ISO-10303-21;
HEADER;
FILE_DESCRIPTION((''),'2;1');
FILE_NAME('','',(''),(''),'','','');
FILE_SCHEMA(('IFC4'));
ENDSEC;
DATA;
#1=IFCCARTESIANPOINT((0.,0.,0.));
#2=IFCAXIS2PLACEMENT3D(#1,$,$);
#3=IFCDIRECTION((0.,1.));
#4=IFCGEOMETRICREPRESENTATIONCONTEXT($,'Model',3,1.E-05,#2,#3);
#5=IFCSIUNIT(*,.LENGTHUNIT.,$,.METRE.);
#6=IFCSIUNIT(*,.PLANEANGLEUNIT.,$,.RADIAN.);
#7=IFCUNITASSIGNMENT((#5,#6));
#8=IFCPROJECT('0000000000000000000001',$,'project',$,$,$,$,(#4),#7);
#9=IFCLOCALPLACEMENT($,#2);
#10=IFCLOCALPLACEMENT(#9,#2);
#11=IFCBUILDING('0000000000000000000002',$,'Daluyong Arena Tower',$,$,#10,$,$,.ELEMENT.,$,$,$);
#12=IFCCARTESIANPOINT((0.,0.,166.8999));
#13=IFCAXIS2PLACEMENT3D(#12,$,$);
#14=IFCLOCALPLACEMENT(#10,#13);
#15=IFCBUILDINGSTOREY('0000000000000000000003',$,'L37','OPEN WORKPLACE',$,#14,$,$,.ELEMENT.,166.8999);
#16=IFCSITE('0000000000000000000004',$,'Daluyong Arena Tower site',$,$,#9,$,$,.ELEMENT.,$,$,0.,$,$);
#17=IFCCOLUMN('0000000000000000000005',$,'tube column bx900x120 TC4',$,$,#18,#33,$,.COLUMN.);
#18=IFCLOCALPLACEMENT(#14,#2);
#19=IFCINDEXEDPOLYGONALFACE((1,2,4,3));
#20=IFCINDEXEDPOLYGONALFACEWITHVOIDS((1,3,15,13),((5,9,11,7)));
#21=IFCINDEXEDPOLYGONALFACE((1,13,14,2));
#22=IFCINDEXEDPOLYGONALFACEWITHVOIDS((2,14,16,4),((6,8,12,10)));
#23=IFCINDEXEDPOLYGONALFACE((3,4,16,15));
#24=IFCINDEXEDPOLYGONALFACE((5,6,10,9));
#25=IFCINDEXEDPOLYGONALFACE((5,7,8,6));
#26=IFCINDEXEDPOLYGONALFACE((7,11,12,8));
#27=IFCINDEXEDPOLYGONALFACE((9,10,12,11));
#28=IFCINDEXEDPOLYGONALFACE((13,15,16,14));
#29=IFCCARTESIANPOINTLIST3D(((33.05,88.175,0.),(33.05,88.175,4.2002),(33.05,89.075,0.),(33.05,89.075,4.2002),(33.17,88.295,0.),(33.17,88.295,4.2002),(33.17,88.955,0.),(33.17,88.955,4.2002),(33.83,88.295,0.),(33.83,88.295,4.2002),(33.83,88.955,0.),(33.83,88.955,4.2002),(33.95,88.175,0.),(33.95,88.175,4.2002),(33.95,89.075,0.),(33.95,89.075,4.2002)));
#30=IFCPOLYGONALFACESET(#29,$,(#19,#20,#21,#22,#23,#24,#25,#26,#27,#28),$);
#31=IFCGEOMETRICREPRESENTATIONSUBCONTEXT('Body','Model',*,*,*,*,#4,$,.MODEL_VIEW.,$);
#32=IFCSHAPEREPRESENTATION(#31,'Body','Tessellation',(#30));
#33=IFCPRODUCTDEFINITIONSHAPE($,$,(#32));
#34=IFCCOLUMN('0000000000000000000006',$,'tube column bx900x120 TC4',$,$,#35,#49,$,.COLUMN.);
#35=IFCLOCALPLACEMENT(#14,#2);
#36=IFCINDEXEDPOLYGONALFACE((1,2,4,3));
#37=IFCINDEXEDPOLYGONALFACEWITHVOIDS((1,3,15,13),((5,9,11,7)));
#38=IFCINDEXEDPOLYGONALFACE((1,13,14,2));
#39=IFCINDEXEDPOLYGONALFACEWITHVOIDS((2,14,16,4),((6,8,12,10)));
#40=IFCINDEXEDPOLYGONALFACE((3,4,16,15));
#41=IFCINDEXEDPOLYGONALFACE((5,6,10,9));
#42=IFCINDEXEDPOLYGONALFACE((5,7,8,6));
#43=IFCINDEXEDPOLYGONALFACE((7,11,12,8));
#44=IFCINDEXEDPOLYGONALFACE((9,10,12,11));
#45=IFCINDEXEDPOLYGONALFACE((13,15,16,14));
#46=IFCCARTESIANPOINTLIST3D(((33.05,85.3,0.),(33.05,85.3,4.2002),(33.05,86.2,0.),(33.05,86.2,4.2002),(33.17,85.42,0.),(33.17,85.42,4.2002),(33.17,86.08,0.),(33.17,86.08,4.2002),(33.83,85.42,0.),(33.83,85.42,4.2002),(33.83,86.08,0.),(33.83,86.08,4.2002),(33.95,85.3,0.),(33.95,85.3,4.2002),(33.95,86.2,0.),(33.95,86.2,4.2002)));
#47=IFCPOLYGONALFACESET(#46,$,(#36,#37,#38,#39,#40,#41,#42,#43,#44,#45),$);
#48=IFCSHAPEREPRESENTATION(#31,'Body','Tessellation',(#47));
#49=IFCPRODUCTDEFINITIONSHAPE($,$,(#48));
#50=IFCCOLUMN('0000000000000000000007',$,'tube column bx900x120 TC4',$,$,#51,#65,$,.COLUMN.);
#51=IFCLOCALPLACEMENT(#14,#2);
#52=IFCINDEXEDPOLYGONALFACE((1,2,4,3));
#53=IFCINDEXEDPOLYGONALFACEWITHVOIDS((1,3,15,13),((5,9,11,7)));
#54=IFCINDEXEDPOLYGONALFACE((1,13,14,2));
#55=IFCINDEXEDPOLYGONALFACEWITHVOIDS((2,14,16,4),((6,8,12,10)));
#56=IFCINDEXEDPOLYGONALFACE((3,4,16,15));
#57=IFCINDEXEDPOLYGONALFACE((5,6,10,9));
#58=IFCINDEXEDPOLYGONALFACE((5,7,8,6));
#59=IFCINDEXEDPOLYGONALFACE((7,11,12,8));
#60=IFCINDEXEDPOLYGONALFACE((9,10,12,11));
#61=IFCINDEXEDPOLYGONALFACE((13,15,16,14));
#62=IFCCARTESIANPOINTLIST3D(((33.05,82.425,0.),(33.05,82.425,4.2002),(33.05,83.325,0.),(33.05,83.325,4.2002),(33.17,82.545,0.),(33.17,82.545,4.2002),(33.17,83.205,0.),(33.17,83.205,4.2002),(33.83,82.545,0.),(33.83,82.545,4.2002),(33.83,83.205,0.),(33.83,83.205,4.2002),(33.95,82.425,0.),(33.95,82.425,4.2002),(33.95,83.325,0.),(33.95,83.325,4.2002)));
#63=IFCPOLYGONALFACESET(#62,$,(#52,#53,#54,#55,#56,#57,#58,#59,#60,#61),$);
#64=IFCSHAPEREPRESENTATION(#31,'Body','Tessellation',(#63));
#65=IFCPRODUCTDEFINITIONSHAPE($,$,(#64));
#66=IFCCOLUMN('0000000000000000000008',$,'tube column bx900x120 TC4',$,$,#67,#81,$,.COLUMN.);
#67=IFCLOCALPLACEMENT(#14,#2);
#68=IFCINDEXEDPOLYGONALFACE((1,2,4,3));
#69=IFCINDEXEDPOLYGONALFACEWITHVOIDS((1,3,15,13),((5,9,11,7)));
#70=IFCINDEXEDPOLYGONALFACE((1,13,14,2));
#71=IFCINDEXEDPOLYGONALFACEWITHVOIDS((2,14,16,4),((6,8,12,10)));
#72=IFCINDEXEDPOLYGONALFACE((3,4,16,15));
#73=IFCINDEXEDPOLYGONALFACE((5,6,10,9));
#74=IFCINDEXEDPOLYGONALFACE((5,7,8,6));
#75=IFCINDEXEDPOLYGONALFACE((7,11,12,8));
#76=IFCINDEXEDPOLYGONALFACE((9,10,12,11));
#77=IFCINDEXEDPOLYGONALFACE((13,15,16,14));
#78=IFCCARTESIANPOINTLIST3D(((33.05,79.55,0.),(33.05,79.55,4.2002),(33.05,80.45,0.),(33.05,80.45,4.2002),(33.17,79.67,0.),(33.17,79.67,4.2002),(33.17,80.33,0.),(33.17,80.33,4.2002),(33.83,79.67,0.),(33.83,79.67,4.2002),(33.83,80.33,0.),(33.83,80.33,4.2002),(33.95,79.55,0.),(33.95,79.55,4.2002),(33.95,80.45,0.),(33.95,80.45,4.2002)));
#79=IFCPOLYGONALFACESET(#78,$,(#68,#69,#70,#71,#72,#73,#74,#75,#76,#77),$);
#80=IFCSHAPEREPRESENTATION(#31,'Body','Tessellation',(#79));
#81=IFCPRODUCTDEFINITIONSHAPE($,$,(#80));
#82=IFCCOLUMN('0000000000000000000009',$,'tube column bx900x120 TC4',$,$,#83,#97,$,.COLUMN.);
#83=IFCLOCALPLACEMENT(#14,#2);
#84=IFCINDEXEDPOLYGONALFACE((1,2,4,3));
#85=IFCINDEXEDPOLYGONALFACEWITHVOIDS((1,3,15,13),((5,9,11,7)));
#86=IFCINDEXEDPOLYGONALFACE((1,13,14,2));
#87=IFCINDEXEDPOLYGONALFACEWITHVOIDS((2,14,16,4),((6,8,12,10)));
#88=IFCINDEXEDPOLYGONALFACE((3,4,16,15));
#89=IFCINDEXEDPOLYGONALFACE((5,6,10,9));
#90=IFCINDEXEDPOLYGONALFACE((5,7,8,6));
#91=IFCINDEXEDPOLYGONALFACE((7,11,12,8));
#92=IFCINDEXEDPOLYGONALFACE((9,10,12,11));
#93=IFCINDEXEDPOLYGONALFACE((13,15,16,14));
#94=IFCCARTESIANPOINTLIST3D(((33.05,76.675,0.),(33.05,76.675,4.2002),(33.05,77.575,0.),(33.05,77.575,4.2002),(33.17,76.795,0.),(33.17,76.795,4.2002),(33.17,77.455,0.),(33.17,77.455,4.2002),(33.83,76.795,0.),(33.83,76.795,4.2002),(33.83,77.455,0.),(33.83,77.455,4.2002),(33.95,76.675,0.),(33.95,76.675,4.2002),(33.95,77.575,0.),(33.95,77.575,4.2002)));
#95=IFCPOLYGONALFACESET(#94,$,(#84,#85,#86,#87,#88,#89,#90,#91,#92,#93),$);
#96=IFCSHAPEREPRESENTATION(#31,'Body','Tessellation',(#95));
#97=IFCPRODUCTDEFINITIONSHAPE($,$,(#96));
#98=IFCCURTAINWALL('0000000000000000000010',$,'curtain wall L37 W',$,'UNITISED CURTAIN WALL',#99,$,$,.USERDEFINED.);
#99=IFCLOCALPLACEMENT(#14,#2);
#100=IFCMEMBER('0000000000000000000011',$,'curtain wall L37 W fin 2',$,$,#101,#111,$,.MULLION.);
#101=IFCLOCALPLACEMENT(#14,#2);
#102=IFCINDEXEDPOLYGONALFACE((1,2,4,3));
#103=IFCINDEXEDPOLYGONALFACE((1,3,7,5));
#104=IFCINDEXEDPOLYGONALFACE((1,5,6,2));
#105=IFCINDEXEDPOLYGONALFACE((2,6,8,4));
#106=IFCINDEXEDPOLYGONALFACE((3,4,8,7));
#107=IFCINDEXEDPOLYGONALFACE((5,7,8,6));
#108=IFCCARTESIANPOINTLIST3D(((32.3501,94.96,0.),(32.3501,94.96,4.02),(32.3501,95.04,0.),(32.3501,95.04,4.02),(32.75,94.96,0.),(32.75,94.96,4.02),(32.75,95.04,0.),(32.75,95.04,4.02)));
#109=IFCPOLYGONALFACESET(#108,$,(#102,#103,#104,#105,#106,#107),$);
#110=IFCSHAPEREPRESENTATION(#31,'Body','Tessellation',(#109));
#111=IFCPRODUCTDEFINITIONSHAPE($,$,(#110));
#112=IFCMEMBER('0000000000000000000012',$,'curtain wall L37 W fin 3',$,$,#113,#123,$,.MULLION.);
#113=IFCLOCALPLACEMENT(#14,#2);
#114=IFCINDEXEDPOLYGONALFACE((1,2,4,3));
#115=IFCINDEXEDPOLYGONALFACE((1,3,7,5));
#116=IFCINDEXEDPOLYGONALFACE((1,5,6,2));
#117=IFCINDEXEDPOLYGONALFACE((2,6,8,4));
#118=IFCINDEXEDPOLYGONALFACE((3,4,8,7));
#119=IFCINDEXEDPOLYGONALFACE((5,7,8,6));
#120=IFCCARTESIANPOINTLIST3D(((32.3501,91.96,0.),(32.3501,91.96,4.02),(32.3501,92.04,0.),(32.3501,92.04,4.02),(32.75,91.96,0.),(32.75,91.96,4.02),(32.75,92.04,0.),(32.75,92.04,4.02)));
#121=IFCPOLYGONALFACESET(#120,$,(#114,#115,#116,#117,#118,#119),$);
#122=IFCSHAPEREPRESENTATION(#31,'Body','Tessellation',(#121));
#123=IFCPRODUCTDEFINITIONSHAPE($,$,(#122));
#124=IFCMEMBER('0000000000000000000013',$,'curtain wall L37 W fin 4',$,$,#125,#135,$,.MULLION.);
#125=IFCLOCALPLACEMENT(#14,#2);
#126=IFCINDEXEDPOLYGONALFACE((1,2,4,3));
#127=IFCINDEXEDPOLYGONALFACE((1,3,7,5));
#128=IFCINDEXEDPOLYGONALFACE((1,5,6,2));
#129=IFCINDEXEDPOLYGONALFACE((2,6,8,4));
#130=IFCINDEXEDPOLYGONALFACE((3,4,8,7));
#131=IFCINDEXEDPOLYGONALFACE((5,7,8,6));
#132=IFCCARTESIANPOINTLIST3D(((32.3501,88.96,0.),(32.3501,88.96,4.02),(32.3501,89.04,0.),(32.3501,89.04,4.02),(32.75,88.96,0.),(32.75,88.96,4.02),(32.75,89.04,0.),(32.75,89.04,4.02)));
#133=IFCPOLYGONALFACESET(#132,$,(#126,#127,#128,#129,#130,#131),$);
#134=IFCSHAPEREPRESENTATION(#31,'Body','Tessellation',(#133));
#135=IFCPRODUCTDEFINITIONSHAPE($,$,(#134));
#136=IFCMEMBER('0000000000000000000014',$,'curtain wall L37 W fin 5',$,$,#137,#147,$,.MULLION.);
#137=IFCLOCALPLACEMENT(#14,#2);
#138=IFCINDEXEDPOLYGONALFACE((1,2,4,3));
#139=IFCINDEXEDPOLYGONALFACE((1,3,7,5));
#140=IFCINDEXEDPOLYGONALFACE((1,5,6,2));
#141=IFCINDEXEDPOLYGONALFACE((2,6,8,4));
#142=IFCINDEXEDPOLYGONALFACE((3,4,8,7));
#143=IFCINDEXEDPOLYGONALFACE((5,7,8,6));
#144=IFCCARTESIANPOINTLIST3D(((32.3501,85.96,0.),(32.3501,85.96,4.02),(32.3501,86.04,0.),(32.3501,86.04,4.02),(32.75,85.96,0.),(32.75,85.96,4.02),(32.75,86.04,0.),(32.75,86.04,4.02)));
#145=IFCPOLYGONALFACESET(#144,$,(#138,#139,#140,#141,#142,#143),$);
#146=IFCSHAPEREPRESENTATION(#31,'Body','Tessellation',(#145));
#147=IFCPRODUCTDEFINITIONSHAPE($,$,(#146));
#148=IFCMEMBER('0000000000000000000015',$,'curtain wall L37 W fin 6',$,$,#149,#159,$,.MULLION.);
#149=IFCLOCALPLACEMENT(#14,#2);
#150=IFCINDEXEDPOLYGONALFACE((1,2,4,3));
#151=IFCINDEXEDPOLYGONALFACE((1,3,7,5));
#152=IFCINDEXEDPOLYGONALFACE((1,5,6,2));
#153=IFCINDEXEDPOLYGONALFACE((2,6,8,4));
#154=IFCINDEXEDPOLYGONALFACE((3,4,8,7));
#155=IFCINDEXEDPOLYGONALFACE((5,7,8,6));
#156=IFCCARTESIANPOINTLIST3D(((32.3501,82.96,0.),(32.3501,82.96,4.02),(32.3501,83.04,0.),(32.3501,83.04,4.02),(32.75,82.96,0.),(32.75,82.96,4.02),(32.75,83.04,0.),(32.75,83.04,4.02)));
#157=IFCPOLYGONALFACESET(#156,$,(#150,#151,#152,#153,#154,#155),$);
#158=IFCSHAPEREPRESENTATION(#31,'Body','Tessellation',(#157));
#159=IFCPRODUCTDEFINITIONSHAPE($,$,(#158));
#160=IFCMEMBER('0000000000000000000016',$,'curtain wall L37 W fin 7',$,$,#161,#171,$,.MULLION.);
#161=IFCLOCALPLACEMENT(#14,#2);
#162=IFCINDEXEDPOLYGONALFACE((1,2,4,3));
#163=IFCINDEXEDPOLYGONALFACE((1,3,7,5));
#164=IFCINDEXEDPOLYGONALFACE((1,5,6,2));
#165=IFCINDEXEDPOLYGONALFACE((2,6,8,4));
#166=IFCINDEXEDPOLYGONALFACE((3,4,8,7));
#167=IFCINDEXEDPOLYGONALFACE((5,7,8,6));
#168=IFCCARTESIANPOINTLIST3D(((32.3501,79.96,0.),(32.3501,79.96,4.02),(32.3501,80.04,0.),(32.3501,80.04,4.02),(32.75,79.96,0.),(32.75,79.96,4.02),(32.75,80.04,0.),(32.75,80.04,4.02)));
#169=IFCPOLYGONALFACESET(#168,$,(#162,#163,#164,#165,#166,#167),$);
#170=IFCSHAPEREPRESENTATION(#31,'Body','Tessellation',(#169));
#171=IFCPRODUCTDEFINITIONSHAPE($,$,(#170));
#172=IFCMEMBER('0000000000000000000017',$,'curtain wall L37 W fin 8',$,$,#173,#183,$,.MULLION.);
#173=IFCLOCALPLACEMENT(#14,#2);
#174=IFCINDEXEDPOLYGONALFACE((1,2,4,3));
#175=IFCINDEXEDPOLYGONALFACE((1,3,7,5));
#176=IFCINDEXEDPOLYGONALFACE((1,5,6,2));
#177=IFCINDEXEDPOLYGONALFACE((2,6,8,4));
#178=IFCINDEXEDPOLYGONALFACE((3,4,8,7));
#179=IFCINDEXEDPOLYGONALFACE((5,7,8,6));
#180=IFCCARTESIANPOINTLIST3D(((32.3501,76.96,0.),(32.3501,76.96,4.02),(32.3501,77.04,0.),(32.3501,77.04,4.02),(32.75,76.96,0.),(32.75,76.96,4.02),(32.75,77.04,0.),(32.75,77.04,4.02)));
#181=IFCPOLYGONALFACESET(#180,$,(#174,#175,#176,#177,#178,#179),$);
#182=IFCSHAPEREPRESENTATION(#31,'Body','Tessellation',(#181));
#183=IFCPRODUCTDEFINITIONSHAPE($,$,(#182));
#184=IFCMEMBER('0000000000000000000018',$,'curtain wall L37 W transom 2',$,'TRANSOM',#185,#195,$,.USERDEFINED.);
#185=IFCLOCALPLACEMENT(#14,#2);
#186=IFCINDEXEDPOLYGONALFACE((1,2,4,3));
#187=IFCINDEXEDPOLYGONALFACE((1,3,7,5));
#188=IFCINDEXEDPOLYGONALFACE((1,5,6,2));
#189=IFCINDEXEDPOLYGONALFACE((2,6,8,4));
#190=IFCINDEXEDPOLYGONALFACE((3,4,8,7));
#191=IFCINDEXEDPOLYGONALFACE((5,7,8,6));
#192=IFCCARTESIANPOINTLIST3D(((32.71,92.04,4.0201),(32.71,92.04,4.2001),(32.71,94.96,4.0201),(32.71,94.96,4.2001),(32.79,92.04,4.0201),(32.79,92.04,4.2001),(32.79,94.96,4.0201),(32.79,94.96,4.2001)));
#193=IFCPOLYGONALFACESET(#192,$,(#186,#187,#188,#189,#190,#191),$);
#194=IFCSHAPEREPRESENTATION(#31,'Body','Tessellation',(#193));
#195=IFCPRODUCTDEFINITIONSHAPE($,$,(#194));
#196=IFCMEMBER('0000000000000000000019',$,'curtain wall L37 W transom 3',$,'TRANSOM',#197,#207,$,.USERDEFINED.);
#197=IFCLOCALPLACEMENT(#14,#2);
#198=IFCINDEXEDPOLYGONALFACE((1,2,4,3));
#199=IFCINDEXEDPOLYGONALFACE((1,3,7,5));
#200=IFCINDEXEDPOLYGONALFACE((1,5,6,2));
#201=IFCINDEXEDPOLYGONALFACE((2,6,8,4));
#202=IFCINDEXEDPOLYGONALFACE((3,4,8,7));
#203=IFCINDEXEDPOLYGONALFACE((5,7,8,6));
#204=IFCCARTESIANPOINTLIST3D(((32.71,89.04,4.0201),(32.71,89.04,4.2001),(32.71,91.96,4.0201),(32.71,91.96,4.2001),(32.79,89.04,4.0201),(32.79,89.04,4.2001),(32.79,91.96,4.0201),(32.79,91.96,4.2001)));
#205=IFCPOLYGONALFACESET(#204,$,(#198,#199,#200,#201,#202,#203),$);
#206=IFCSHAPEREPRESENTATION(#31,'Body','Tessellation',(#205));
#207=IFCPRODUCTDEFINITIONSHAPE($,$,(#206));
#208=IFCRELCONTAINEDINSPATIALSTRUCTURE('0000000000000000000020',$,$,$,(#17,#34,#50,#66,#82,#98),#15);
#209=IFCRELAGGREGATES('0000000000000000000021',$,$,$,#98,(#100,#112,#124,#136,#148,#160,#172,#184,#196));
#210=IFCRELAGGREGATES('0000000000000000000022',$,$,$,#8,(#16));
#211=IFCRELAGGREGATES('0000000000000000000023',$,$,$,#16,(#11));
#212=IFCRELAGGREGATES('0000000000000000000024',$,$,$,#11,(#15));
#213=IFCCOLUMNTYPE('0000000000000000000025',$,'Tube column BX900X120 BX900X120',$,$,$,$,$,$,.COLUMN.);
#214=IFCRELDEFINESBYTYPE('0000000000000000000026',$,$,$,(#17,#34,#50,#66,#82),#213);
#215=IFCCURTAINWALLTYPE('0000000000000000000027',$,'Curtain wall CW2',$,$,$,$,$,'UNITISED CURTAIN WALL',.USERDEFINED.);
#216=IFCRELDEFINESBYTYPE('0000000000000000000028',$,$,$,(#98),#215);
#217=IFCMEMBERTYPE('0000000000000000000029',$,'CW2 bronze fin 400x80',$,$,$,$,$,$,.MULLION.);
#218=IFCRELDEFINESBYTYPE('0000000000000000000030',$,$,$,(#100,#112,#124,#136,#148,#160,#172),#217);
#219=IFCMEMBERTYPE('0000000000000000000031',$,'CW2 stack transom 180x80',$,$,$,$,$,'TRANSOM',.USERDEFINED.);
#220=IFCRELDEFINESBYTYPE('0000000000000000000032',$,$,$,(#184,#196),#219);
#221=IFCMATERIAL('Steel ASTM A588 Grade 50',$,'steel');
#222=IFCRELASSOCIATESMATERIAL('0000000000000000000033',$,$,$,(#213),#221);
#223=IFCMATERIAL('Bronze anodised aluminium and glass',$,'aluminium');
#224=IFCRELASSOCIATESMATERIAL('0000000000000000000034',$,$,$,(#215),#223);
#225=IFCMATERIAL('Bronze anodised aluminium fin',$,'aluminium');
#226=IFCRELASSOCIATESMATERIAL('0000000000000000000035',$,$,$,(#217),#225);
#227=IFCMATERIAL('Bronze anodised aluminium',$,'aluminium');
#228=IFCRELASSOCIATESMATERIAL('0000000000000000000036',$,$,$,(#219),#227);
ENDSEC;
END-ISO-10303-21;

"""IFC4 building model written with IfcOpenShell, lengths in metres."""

from ifc_helpers import new_model, si_unit, direction, frame, origin, origin_2d, place, context, subcontext, project, spatial, rectangle, hollow_rectangle, extrude, material, material_profile, profile_set, type_object, element, aggregate, save


model = new_model("IFC4")

# Units and contexts
model_context = context("Model", 3, precision=1e-05, world=origin(), true_north=direction((0.0, 1.0)))
body_context = subcontext(model_context, "Body", "Model", "MODEL_VIEW")
ifc_project = project(units=[si_unit("LENGTHUNIT", "METRE"), si_unit("PLANEANGLEUNIT", "RADIAN")], contexts=[model_context])

# Site, building, storey
site_placement = place(None, origin())
site = spatial("IfcSite", under=ifc_project, at=site_placement, Name="Daluyong Arena Tower site", CompositionType="ELEMENT", RefElevation=0.0)
building_placement = place(site_placement, origin())
building = spatial("IfcBuilding", under=site, at=building_placement, Name="Daluyong Arena Tower", CompositionType="ELEMENT")
storey_placement = place(building_placement, frame((0.0, 0.0, 166.8999)))
storey = spatial("IfcBuildingStorey", under=building, at=storey_placement, Name="L37", Description="OPEN WORKPLACE", CompositionType="ELEMENT", Elevation=166.8999)

# Columns
ifc_material_1 = material(Name="Steel ASTM A588 Grade 50", Category="steel")
ifc_material_profile_1 = material_profile(ifc_material_1, hollow_rectangle(XDim=0.8999, YDim=0.8999, WallThickness=0.12, at=origin_2d()))
ifc_profile_set_1 = profile_set([ifc_material_profile_1], Name="Steel ASTM A588 Grade 50")
column_type = type_object("IfcColumnType", Name="Tube column BX900X120 BX900X120", PredefinedType="COLUMN", material=ifc_profile_set_1)
for number, where, z_axis, x_axis, name in (
    (1, (33.5, 88.625, 0.0), (0.0, 0.0, 1.0), (0.0, 1.0, 0.0), "tube column bx900x120 TC4"),
    (2, (33.5, 85.75, 0.0), (0.0, 0.0, 1.0), (0.0, 1.0, 0.0), "tube column bx900x120 TC4"),
    (3, (33.5, 82.875, 0.0), (0.0, 0.0, 1.0), (0.0, 1.0, 0.0), "tube column bx900x120 TC4"),
    (4, (33.5, 80.0, 0.0), (0.0, 0.0, 1.0), (0.0, 1.0, 0.0), "tube column bx900x120 TC4"),
    (5, (33.5, 77.125, 0.0), (0.0, 0.0, 1.0), (0.0, 1.0, 0.0), "tube column bx900x120 TC4"),
):
    element("IfcColumn", number, at=place(storey_placement, frame(where, z_axis=z_axis, x_axis=x_axis)), inside=storey, type_object=column_type, Name=name, PredefinedType="COLUMN", context=body_context, shape_type="SweptSolid", body=[
        extrude(hollow_rectangle(XDim=0.8999, YDim=0.8999, WallThickness=0.12, at=origin_2d()), origin(), (0.0, 0.0, 1.0), 4.2002),
    ])

# Curtain wall, members
ifc_material_2 = material(Name="Bronze anodised aluminium and glass", Category="aluminium")
curtain_wall_type = type_object("IfcCurtainWallType", Name="Curtain wall CW2", ElementType="UNITISED CURTAIN WALL", PredefinedType="USERDEFINED", material=ifc_material_2)
curtain_wall_placement = place(storey_placement, origin())
curtain_wall = element("IfcCurtainWall", 6, at=curtain_wall_placement, inside=storey, type_object=curtain_wall_type, Name="curtain wall L37 W", ObjectType="UNITISED CURTAIN WALL", PredefinedType="USERDEFINED")
ifc_material_3 = material(Name="Bronze anodised aluminium fin", Category="aluminium")
ifc_material_profile_2 = material_profile(ifc_material_3, rectangle(XDim=0.3999, YDim=0.0801, at=origin_2d()))
ifc_profile_set_2 = profile_set([ifc_material_profile_2], Name="Bronze anodised aluminium fin")
member_type_1 = type_object("IfcMemberType", Name="CW2 bronze fin 400x80", PredefinedType="MULLION", material=ifc_profile_set_2)
member_1_placement = place(storey_placement, frame((32.55, 95.0, 0.0), z_axis=(0.0, 0.0, 1.0), x_axis=(1.0, 0.0, 0.0)))
member_1 = element("IfcMember", 7, at=member_1_placement, type_object=member_type_1, Name="curtain wall L37 W fin 2", PredefinedType="MULLION", context=body_context, shape_type="SweptSolid", body=[
    extrude(rectangle(XDim=0.3999, YDim=0.0801, at=origin_2d()), origin(), (0.0, 0.0, 1.0), 4.02),
])
member_2_placement = place(storey_placement, frame((32.55, 92.0, 0.0), z_axis=(0.0, 0.0, 1.0), x_axis=(1.0, 0.0, 0.0)))
member_2 = element("IfcMember", 8, at=member_2_placement, type_object=member_type_1, Name="curtain wall L37 W fin 3", PredefinedType="MULLION", context=body_context, shape_type="SweptSolid", body=[
    extrude(rectangle(XDim=0.3999, YDim=0.0801, at=origin_2d()), origin(), (0.0, 0.0, 1.0), 4.02),
])
member_3_placement = place(storey_placement, frame((32.55, 89.0, 0.0), z_axis=(0.0, 0.0, 1.0), x_axis=(1.0, 0.0, 0.0)))
member_3 = element("IfcMember", 9, at=member_3_placement, type_object=member_type_1, Name="curtain wall L37 W fin 4", PredefinedType="MULLION", context=body_context, shape_type="SweptSolid", body=[
    extrude(rectangle(XDim=0.3999, YDim=0.0801, at=origin_2d()), origin(), (0.0, 0.0, 1.0), 4.02),
])
member_4_placement = place(storey_placement, frame((32.55, 86.0, 0.0), z_axis=(0.0, 0.0, 1.0), x_axis=(1.0, 0.0, 0.0)))
member_4 = element("IfcMember", 10, at=member_4_placement, type_object=member_type_1, Name="curtain wall L37 W fin 5", PredefinedType="MULLION", context=body_context, shape_type="SweptSolid", body=[
    extrude(rectangle(XDim=0.3999, YDim=0.0801, at=origin_2d()), origin(), (0.0, 0.0, 1.0), 4.02),
])
member_5_placement = place(storey_placement, frame((32.55, 83.0, 0.0), z_axis=(0.0, 0.0, 1.0), x_axis=(1.0, 0.0, 0.0)))
member_5 = element("IfcMember", 11, at=member_5_placement, type_object=member_type_1, Name="curtain wall L37 W fin 6", PredefinedType="MULLION", context=body_context, shape_type="SweptSolid", body=[
    extrude(rectangle(XDim=0.3999, YDim=0.0801, at=origin_2d()), origin(), (0.0, 0.0, 1.0), 4.02),
])
member_6_placement = place(storey_placement, frame((32.55, 80.0, 0.0), z_axis=(0.0, 0.0, 1.0), x_axis=(1.0, 0.0, 0.0)))
member_6 = element("IfcMember", 12, at=member_6_placement, type_object=member_type_1, Name="curtain wall L37 W fin 7", PredefinedType="MULLION", context=body_context, shape_type="SweptSolid", body=[
    extrude(rectangle(XDim=0.3999, YDim=0.0801, at=origin_2d()), origin(), (0.0, 0.0, 1.0), 4.02),
])
member_7_placement = place(storey_placement, frame((32.55, 77.0, 0.0), z_axis=(0.0, 0.0, 1.0), x_axis=(1.0, 0.0, 0.0)))
member_7 = element("IfcMember", 13, at=member_7_placement, type_object=member_type_1, Name="curtain wall L37 W fin 8", PredefinedType="MULLION", context=body_context, shape_type="SweptSolid", body=[
    extrude(rectangle(XDim=0.3999, YDim=0.0801, at=origin_2d()), origin(), (0.0, 0.0, 1.0), 4.02),
])
ifc_material_4 = material(Name="Bronze anodised aluminium", Category="aluminium")
ifc_material_profile_3 = material_profile(ifc_material_4, rectangle(XDim=0.0801, YDim=0.1799, at=origin_2d()))
ifc_profile_set_3 = profile_set([ifc_material_profile_3], Name="Bronze anodised aluminium")
member_type_2 = type_object("IfcMemberType", Name="CW2 stack transom 180x80", ElementType="TRANSOM", PredefinedType="USERDEFINED", material=ifc_profile_set_3)
member_8_placement = place(storey_placement, frame((32.75, 94.96, 4.1101), z_axis=(0.0, -1.0, 0.0), x_axis=(1.0, 0.0, 0.0)))
member_8 = element("IfcMember", 14, at=member_8_placement, type_object=member_type_2, Name="curtain wall L37 W transom 2", ObjectType="TRANSOM", PredefinedType="USERDEFINED", context=body_context, shape_type="SweptSolid", body=[
    extrude(rectangle(XDim=0.0801, YDim=0.1799, at=origin_2d()), origin(), (0.0, 0.0, 1.0), 2.9199),
])
member_9_placement = place(storey_placement, frame((32.75, 91.96, 4.1101), z_axis=(0.0, -1.0, 0.0), x_axis=(1.0, 0.0, 0.0)))
member_9 = element("IfcMember", 15, at=member_9_placement, type_object=member_type_2, Name="curtain wall L37 W transom 3", ObjectType="TRANSOM", PredefinedType="USERDEFINED", context=body_context, shape_type="SweptSolid", body=[
    extrude(rectangle(XDim=0.0801, YDim=0.1799, at=origin_2d()), origin(), (0.0, 0.0, 1.0), 2.9199),
])

aggregate(curtain_wall, [member_1, member_2, member_3, member_4, member_5, member_6, member_7, member_8, member_9])

save(model, "model.ifc")
